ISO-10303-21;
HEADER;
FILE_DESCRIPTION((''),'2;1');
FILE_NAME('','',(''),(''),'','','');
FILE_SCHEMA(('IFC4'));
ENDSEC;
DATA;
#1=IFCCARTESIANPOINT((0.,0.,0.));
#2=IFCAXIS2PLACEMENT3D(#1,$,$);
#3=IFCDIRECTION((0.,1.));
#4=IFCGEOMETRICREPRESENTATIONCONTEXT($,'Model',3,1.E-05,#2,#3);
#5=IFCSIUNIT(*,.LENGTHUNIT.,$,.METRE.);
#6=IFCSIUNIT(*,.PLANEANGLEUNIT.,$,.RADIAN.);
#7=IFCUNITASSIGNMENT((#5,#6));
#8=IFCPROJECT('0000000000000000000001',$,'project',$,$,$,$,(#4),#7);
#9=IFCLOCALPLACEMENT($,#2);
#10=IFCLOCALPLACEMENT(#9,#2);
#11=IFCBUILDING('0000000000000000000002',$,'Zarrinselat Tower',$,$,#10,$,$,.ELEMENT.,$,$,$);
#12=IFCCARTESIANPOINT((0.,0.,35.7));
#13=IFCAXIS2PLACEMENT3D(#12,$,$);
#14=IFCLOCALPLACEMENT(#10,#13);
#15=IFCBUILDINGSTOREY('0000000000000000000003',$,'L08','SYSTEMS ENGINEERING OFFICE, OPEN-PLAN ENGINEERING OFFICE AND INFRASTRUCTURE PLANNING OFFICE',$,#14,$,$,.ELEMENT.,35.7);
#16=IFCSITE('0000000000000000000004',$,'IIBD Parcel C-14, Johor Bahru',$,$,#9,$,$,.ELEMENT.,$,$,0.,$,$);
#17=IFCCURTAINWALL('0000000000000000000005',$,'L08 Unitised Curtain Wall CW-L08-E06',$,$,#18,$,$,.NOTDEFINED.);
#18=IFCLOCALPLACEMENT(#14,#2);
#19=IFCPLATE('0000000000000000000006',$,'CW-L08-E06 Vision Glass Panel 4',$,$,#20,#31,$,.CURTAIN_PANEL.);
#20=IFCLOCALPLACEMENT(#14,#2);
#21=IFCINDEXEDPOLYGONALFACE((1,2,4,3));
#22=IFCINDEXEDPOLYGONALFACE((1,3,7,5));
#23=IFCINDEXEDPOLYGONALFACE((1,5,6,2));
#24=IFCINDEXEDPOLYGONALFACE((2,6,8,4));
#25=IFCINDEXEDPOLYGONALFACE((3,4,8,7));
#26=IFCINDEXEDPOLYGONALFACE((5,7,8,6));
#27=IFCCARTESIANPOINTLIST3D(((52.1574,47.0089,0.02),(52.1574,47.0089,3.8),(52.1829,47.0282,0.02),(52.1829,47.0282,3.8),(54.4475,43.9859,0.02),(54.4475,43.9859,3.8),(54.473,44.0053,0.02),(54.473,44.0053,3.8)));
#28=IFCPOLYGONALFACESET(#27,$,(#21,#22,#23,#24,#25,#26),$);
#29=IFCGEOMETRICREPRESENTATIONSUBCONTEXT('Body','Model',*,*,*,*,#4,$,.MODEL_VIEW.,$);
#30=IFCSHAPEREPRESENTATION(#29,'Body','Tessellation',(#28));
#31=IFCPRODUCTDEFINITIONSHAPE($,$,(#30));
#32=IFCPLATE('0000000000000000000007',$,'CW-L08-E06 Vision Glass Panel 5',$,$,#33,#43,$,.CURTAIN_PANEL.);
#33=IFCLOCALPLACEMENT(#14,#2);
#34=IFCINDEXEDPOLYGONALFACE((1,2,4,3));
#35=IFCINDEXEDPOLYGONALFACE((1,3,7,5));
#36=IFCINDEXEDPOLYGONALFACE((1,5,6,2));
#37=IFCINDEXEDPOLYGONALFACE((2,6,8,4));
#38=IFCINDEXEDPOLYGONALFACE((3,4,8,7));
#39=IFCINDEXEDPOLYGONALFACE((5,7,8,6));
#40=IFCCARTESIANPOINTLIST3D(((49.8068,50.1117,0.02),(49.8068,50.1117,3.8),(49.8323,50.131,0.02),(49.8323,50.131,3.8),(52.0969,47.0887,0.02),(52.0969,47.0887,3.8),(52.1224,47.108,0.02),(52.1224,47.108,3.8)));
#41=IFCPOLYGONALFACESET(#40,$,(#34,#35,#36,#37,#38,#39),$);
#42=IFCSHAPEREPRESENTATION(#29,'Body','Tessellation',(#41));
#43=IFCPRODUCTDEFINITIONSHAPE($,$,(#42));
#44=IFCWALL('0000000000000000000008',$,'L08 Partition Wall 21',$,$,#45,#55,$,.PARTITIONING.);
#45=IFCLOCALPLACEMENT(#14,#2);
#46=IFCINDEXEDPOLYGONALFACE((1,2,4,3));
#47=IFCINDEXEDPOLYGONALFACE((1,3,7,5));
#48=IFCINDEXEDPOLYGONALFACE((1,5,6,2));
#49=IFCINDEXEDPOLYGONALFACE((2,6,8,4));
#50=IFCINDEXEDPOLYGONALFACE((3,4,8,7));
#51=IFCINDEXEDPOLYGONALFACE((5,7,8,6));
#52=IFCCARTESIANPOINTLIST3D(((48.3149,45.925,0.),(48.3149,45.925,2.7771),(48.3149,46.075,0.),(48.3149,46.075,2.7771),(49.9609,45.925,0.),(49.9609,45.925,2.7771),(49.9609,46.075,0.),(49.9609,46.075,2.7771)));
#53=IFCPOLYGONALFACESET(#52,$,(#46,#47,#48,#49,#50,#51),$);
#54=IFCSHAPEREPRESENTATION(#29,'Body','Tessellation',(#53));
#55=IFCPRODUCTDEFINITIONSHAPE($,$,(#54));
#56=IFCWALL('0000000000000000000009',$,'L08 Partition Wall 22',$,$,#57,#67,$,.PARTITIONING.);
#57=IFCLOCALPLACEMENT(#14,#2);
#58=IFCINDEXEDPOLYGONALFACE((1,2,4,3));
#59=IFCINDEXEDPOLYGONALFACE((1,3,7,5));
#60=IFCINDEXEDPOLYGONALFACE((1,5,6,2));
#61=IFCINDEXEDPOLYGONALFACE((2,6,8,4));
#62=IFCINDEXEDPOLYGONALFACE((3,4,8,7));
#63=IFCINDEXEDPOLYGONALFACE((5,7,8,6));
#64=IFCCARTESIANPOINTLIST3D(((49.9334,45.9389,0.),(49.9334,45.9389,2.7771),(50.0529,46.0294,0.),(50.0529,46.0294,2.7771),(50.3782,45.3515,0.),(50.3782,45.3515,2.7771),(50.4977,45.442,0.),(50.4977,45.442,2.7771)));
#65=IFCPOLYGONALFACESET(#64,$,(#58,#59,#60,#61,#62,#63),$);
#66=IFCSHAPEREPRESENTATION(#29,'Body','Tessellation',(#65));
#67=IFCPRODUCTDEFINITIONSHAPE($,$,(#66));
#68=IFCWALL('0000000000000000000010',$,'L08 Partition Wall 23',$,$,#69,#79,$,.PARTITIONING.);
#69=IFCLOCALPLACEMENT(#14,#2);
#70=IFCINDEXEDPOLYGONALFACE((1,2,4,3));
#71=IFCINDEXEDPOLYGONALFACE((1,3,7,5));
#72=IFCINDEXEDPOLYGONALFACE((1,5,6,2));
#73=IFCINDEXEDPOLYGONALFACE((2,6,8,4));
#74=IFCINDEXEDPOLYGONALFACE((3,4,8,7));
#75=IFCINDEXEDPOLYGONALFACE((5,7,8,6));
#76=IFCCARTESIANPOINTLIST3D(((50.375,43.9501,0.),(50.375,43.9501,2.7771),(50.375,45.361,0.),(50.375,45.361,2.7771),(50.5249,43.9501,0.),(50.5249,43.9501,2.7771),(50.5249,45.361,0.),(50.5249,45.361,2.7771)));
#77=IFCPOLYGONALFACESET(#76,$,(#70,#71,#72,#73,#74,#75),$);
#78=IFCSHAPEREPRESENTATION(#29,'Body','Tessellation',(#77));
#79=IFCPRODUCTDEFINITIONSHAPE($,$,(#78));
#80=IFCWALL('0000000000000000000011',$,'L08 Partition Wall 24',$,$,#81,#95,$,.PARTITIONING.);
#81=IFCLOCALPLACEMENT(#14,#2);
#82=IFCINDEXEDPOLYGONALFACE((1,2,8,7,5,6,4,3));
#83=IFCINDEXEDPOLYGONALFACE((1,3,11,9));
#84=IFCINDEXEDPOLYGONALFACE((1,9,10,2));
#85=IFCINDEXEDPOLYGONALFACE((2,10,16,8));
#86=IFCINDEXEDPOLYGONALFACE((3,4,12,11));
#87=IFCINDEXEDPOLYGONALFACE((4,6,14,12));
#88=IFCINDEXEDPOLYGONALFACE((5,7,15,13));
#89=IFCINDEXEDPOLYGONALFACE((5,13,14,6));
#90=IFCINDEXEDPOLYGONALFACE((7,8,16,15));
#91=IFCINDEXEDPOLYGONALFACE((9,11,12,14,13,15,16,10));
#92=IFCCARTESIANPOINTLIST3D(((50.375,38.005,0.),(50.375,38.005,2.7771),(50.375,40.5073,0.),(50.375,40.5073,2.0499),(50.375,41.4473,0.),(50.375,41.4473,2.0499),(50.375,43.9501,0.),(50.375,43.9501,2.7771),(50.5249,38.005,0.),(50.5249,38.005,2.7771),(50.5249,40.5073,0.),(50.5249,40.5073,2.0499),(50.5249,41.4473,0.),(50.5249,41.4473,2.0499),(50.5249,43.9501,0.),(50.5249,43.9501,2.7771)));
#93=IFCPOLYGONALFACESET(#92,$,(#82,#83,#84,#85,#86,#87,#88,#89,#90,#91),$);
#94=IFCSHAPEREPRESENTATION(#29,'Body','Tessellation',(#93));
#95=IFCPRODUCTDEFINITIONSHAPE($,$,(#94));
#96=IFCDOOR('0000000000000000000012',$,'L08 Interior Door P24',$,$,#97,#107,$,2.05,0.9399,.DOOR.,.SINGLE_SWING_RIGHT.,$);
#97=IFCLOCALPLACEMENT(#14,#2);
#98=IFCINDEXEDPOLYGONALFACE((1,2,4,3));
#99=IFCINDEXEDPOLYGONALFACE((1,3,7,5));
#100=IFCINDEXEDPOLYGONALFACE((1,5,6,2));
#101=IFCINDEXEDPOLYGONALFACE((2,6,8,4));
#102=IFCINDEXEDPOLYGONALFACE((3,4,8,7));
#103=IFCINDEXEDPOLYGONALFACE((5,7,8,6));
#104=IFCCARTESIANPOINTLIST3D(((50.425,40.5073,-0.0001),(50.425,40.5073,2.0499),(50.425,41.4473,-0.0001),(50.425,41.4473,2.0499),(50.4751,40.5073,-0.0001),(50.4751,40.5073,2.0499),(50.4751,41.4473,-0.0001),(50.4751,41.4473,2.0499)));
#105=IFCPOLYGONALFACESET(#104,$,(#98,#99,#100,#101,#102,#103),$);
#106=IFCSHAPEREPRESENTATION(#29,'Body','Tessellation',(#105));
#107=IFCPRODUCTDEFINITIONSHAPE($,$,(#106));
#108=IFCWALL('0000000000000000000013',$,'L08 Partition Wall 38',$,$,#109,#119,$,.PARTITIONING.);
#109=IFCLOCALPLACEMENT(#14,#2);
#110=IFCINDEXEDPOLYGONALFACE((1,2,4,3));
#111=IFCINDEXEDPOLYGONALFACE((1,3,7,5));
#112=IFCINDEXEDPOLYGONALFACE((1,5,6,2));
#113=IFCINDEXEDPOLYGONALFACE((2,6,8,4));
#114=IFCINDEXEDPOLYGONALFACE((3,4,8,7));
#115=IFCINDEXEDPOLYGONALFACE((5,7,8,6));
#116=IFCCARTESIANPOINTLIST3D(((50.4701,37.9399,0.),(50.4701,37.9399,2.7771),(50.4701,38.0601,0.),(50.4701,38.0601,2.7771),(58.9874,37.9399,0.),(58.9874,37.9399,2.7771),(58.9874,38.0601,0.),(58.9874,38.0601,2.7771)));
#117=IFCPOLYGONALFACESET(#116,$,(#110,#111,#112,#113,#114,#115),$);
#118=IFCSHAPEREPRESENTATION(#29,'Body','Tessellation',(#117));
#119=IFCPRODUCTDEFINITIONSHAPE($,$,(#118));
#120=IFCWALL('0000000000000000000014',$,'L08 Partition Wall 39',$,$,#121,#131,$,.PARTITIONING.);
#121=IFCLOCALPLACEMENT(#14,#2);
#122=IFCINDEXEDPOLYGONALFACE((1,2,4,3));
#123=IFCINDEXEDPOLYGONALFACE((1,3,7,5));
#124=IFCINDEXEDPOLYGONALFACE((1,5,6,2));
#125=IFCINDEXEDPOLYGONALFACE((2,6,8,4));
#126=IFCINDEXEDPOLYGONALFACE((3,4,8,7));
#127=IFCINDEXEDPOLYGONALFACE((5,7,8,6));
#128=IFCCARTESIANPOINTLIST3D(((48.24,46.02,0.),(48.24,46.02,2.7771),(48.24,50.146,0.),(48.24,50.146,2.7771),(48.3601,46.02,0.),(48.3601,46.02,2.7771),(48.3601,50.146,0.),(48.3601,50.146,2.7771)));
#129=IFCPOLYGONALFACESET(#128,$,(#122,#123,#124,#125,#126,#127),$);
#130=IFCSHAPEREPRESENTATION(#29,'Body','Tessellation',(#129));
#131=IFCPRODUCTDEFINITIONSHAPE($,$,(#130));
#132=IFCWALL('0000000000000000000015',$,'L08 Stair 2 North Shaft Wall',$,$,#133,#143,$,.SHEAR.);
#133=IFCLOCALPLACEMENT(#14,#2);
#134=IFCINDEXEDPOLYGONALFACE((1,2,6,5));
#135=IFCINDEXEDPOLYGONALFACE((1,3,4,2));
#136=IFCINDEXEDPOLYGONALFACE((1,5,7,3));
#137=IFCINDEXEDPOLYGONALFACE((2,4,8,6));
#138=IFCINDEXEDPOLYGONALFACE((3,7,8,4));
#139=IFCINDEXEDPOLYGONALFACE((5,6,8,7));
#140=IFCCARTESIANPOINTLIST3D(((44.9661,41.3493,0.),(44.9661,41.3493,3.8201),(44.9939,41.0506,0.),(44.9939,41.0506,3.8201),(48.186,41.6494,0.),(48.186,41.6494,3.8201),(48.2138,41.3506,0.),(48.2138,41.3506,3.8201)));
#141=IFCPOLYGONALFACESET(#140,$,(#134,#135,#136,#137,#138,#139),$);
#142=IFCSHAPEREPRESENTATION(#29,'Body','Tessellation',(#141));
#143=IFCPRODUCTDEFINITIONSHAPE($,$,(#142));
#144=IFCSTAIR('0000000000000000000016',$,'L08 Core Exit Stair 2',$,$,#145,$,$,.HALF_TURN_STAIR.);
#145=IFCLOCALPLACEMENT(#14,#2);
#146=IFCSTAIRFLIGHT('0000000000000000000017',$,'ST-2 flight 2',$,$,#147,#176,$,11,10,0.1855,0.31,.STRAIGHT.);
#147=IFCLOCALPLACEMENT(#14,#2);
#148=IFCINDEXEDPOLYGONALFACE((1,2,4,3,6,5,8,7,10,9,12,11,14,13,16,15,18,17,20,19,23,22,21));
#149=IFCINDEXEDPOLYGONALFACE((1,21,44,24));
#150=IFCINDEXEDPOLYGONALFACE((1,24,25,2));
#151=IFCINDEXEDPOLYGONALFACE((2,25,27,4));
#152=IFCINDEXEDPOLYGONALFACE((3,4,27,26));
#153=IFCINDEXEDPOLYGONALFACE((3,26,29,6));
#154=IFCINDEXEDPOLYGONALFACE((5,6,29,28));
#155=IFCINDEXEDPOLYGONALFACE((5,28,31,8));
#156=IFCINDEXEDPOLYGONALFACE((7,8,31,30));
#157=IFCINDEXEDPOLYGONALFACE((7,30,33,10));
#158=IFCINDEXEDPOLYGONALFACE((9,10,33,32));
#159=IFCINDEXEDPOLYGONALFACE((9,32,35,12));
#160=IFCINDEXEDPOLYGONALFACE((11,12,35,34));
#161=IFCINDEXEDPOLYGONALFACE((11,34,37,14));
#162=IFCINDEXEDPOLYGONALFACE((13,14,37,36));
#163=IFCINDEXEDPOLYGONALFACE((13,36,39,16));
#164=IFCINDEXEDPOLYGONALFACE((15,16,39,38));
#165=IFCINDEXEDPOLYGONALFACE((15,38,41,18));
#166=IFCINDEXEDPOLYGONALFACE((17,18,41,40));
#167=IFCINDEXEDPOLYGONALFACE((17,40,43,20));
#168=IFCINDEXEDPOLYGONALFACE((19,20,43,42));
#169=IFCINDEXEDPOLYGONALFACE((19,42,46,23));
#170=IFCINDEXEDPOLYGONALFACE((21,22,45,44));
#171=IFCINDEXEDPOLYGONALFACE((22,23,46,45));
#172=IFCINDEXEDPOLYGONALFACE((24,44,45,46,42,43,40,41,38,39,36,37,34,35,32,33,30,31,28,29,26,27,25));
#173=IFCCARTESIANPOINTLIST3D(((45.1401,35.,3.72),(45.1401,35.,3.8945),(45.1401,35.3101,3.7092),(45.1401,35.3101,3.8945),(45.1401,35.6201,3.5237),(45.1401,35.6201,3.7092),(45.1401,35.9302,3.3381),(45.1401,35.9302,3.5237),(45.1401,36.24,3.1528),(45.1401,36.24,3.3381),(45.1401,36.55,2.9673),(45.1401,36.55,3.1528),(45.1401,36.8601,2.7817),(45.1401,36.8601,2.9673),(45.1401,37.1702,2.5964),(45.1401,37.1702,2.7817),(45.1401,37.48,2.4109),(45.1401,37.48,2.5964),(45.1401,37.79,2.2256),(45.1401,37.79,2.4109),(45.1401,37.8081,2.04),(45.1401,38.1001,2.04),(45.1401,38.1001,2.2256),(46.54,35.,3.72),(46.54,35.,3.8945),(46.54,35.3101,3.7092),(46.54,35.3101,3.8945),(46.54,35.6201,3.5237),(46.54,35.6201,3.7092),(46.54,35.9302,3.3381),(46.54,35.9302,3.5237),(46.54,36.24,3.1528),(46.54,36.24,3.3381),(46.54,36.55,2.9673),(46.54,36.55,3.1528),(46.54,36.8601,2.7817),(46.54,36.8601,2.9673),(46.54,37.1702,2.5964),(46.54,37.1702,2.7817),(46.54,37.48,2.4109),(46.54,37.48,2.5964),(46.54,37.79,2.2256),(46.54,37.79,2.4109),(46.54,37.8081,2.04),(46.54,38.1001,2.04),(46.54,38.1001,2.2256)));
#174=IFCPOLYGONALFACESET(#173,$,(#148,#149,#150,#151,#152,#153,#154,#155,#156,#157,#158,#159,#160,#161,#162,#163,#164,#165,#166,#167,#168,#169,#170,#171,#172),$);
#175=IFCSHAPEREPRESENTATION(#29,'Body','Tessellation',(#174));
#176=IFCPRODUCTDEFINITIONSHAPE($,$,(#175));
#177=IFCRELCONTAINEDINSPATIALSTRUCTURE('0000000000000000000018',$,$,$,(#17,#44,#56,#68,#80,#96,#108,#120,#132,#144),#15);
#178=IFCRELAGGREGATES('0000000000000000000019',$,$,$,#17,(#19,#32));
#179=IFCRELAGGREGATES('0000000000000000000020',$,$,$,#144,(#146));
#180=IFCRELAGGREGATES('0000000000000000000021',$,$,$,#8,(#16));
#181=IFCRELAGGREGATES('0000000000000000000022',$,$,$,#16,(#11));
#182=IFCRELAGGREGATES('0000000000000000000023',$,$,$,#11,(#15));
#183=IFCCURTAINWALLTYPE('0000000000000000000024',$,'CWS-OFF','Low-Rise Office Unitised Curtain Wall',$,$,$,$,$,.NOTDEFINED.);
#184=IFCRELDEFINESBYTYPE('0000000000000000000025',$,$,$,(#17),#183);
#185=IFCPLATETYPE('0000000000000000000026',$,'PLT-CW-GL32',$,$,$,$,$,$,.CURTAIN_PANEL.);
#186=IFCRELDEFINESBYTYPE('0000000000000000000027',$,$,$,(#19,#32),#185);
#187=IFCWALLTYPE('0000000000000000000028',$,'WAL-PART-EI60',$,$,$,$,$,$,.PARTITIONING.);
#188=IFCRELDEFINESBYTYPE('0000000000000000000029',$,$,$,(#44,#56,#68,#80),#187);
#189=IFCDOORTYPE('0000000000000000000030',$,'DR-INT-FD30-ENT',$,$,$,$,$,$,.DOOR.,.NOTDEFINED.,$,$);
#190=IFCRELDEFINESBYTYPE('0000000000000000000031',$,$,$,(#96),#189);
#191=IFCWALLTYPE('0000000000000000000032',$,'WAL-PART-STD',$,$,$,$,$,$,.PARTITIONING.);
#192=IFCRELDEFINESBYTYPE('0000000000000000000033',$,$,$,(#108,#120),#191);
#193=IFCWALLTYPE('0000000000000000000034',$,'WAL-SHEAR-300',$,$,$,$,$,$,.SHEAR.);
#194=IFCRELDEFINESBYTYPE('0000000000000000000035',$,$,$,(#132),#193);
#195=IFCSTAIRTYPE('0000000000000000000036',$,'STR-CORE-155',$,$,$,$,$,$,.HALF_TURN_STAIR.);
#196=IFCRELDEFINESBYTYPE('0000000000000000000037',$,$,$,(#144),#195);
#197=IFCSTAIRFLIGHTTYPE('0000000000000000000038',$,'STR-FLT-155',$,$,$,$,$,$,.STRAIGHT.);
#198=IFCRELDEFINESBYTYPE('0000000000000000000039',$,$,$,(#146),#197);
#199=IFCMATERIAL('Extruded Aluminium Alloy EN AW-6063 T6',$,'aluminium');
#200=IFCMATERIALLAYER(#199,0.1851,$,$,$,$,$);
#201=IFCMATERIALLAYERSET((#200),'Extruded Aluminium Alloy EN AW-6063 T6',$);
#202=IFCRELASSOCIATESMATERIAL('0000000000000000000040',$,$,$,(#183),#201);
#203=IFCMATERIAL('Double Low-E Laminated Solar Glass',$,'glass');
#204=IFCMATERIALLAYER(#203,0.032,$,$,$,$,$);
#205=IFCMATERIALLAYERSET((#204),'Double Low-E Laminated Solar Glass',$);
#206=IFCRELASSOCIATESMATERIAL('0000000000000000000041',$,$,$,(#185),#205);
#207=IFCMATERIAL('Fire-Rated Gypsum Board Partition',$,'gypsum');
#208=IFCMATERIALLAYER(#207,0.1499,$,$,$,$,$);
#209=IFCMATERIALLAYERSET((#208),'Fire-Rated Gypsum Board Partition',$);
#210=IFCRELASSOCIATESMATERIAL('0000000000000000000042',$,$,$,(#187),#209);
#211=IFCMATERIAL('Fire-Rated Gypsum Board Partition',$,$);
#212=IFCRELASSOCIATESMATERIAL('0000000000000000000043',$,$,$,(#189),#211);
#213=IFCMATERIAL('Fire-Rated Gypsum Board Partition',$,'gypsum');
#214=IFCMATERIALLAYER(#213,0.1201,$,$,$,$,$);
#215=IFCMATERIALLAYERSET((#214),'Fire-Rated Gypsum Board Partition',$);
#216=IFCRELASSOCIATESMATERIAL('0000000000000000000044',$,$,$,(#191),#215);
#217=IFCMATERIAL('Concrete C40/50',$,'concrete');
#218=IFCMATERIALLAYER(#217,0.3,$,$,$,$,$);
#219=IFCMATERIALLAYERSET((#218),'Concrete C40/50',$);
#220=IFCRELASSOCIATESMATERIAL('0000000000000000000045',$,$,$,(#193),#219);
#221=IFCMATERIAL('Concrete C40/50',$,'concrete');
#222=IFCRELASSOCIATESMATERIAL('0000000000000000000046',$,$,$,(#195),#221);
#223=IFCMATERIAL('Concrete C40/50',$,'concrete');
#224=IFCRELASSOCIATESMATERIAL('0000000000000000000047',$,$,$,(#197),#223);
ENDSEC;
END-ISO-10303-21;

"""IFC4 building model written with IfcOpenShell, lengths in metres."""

from ifc_helpers import new_model, si_unit, direction, frame, frame_2d, origin, origin_2d, place, context, subcontext, project, spatial, polyline, rectangle, outline, extrude, material, layer, layer_set, type_object, element, fill, aggregate, save


model = new_model("IFC4")

# Units and contexts
model_context = context("Model", 3, precision=1e-05, world=origin(), true_north=direction((0.0, 1.0)))
body_context = subcontext(model_context, "Body", "Model", "MODEL_VIEW")
ifc_project = project(units=[si_unit("LENGTHUNIT", "METRE"), si_unit("PLANEANGLEUNIT", "RADIAN")], contexts=[model_context])

# Site, building, storey
site_placement = place(None, origin())
site = spatial("IfcSite", under=ifc_project, at=site_placement, Name="IIBD Parcel C-14, Johor Bahru", CompositionType="ELEMENT", RefElevation=0.0)
building_placement = place(site_placement, origin())
building = spatial("IfcBuilding", under=site, at=building_placement, Name="Zarrinselat Tower", CompositionType="ELEMENT")
storey_placement = place(building_placement, frame((0.0, 0.0, 35.7)))
storey = spatial("IfcBuildingStorey", under=building, at=storey_placement, Name="L08", Description="SYSTEMS ENGINEERING OFFICE, OPEN-PLAN ENGINEERING OFFICE AND INFRASTRUCTURE PLANNING OFFICE", CompositionType="ELEMENT", Elevation=35.7)

# Curtain wall
ifc_material_1 = material(Name="Extruded Aluminium Alloy EN AW-6063 T6", Category="aluminium")
ifc_layer_1 = layer(ifc_material_1, 0.1851)
ifc_layer_set_1 = layer_set([ifc_layer_1], Name="Extruded Aluminium Alloy EN AW-6063 T6")
curtain_wall_type = type_object("IfcCurtainWallType", Name="CWS-OFF", Description="Low-Rise Office Unitised Curtain Wall", PredefinedType="NOTDEFINED", material=ifc_layer_set_1)
curtain_wall_1_placement = place(storey_placement, origin())
curtain_wall_1 = element("IfcCurtainWall", 1, at=curtain_wall_1_placement, inside=storey, type_object=curtain_wall_type, Name="L08 Unitised Curtain Wall CW-L08-E06", PredefinedType="NOTDEFINED")

# Plates
ifc_material_2 = material(Name="Double Low-E Laminated Solar Glass", Category="glass")
ifc_layer_2 = layer(ifc_material_2, 0.032)
ifc_layer_set_2 = layer_set([ifc_layer_2], Name="Double Low-E Laminated Solar Glass")
plate_type = type_object("IfcPlateType", Name="PLT-CW-GL32", PredefinedType="CURTAIN_PANEL", material=ifc_layer_set_2)
plate_1_placement = place(storey_placement, frame((53.3152, 45.5071, 0.02), z_axis=(0.0, 0.0, 1.0), x_axis=(-0.603859, 0.797091, 0.0)))
plate_1 = element("IfcPlate", 2, at=plate_1_placement, type_object=plate_type, Name="CW-L08-E06 Vision Glass Panel 4", PredefinedType="CURTAIN_PANEL", context=body_context, shape_type="SweptSolid", body=[
    extrude(rectangle(XDim=3.7925, YDim=0.032, at=origin_2d()), origin(), (0.0, 0.0, 1.0), 3.78),
])
plate_2_placement = place(storey_placement, frame((50.9646, 48.6099, 0.02), z_axis=(0.0, 0.0, 1.0), x_axis=(-0.603859, 0.797091, 0.0)))
plate_2 = element("IfcPlate", 3, at=plate_2_placement, type_object=plate_type, Name="CW-L08-E06 Vision Glass Panel 5", PredefinedType="CURTAIN_PANEL", context=body_context, shape_type="SweptSolid", body=[
    extrude(rectangle(XDim=3.7925, YDim=0.032, at=origin_2d()), origin(), (0.0, 0.0, 1.0), 3.78),
])
aggregate(curtain_wall_1, [plate_1, plate_2])

# Walls
ifc_material_3 = material(Name="Fire-Rated Gypsum Board Partition", Category="gypsum")
ifc_layer_3 = layer(ifc_material_3, 0.1499)
ifc_layer_set_3 = layer_set([ifc_layer_3], Name="Fire-Rated Gypsum Board Partition")
wall_type_1 = type_object("IfcWallType", Name="WAL-PART-EI60", PredefinedType="PARTITIONING", material=ifc_layer_set_3)
wall_1_placement = place(storey_placement, frame((48.3149, 46.0, 0.0), z_axis=(0.0, 0.0, 1.0), x_axis=(1.0, 0.0, 0.0)))
element("IfcWall", 4, at=wall_1_placement, inside=storey, type_object=wall_type_1, Name="L08 Partition Wall 21", PredefinedType="PARTITIONING", context=body_context, shape_type="SweptSolid", body=[
    extrude(rectangle(XDim=1.646, YDim=0.1499, at=frame_2d((0.823, 0.0))), origin(), (0.0, 0.0, 1.0), 2.7771),
])
wall_2_placement = place(storey_placement, frame((49.9932, 45.9841, 0.0), z_axis=(0.0, 0.0, 1.0), x_axis=(0.603705, -0.797208, 0.0)))
element("IfcWall", 5, at=wall_2_placement, inside=storey, type_object=wall_type_1, Name="L08 Partition Wall 22", PredefinedType="PARTITIONING", context=body_context, shape_type="SweptSolid", body=[
    extrude(rectangle(XDim=0.7368, YDim=0.1499, at=frame_2d((0.3684, 0.0))), origin(), (0.0, 0.0, 1.0), 2.7771),
])
wall_3_placement = place(storey_placement, frame((50.45, 43.95, 0.0), z_axis=(0.0, 0.0, 1.0), x_axis=(0.0, 1.0, 0.0)))
element("IfcWall", 6, at=wall_3_placement, inside=storey, type_object=wall_type_1, Name="L08 Partition Wall 23", PredefinedType="PARTITIONING", context=body_context, shape_type="SweptSolid", body=[
    extrude(rectangle(XDim=1.4109, YDim=0.1499, at=frame_2d((0.7056, 0.0))), origin(), (0.0, 0.0, 1.0), 2.7771),
])

# Wall, opening, door
wall_4_placement = place(storey_placement, frame((50.45, 38.0049, 0.0), z_axis=(0.0, 0.0, 1.0), x_axis=(0.0, 1.0, 0.0)))
wall_4 = element("IfcWall", 7, at=wall_4_placement, inside=storey, type_object=wall_type_1, Name="L08 Partition Wall 24", PredefinedType="PARTITIONING", context=body_context, shape_type="SweptSolid", body=[
    extrude(rectangle(XDim=5.9451, YDim=0.1499, at=frame_2d((2.9727, 0.0))), origin(), (0.0, 0.0, 1.0), 2.7771),
])
opening_placement = place(wall_4_placement, frame((2.5024, 0.0, 0.0)))
opening = element("IfcOpeningElement", 8, at=opening_placement, cuts=wall_4, PredefinedType="OPENING", context=body_context, shape_type="SweptSolid", body=[
    extrude(rectangle(XDim=0.9399, YDim=2.05, at=frame_2d((0.47, 1.0249))), frame((0.0, 0.085, 0.0), z_axis=(0.0, -1.0, 0.0), x_axis=(1.0, 0.0, 0.0)), (0.0, 0.0, 1.0), 0.1699),
])
ifc_material_4 = material(Name="Fire-Rated Gypsum Board Partition")
door_type = type_object("IfcDoorType", Name="DR-INT-FD30-ENT", OperationType="NOTDEFINED", PredefinedType="DOOR", material=ifc_material_4)
door_placement = place(opening_placement, origin())
door = element("IfcDoor", 9, at=door_placement, inside=storey, type_object=door_type, Name="L08 Interior Door P24", OperationType="SINGLE_SWING_RIGHT", OverallHeight=2.05, OverallWidth=0.9399, PredefinedType="DOOR", context=body_context, shape_type="SweptSolid", body=[
    extrude(rectangle(XDim=0.9399, YDim=2.05, at=frame_2d((0.47, 1.0249))), frame((0.0, 0.0249, 0.0), z_axis=(0.0, -1.0, 0.0), x_axis=(1.0, 0.0, 0.0)), (0.0, 0.0, 1.0), 0.05),
])
fill(opening, door)

# Walls
ifc_material_5 = material(Name="Fire-Rated Gypsum Board Partition", Category="gypsum")
ifc_layer_4 = layer(ifc_material_5, 0.1201)
ifc_layer_set_4 = layer_set([ifc_layer_4], Name="Fire-Rated Gypsum Board Partition")
wall_type_2 = type_object("IfcWallType", Name="WAL-PART-STD", PredefinedType="PARTITIONING", material=ifc_layer_set_4)
wall_5_placement = place(storey_placement, frame((50.47, 38.0, 0.0), z_axis=(0.0, 0.0, 1.0), x_axis=(1.0, 0.0, 0.0)))
element("IfcWall", 10, at=wall_5_placement, inside=storey, type_object=wall_type_2, Name="L08 Partition Wall 38", PredefinedType="PARTITIONING", context=body_context, shape_type="SweptSolid", body=[
    extrude(rectangle(XDim=8.5173, YDim=0.1201, at=frame_2d((4.2588, 0.0))), origin(), (0.0, 0.0, 1.0), 2.7771),
])
wall_6_placement = place(storey_placement, frame((48.3, 46.02, 0.0), z_axis=(0.0, 0.0, 1.0), x_axis=(0.0, 1.0, 0.0)))
element("IfcWall", 11, at=wall_6_placement, inside=storey, type_object=wall_type_2, Name="L08 Partition Wall 39", PredefinedType="PARTITIONING", context=body_context, shape_type="SweptSolid", body=[
    extrude(rectangle(XDim=4.126, YDim=0.1201, at=frame_2d((2.063, 0.0))), origin(), (0.0, 0.0, 1.0), 2.7771),
])
ifc_material_6 = material(Name="Concrete C40/50", Category="concrete")
ifc_layer_5 = layer(ifc_material_6, 0.3)
ifc_layer_set_5 = layer_set([ifc_layer_5], Name="Concrete C40/50")
wall_type_3 = type_object("IfcWallType", Name="WAL-SHEAR-300", PredefinedType="SHEAR", material=ifc_layer_set_5)
wall_7_placement = place(storey_placement, frame((44.98, 41.2, 0.0), z_axis=(0.0, 0.0, 1.0), x_axis=(0.995686, 0.092782, 0.0)))
element("IfcWall", 12, at=wall_7_placement, inside=storey, type_object=wall_type_3, Name="L08 Stair 2 North Shaft Wall", PredefinedType="SHEAR", context=body_context, shape_type="SweptSolid", body=[
    extrude(rectangle(XDim=3.2339, YDim=0.3, at=frame_2d((1.6169, 0.0))), origin(), (0.0, 0.0, 1.0), 3.8201),
])

# Stair, stair flight
ifc_material_7 = material(Name="Concrete C40/50", Category="concrete")
stair_type = type_object("IfcStairType", Name="STR-CORE-155", PredefinedType="HALF_TURN_STAIR", material=ifc_material_7)
stair_placement = place(storey_placement, origin())
stair = element("IfcStair", 13, at=stair_placement, inside=storey, type_object=stair_type, Name="L08 Core Exit Stair 2", PredefinedType="HALF_TURN_STAIR")
ifc_material_8 = material(Name="Concrete C40/50", Category="concrete")
stair_flight_type = type_object("IfcStairFlightType", Name="STR-FLT-155", PredefinedType="STRAIGHT", material=ifc_material_8)
stair_flight_placement = place(storey_placement, frame((45.8401, 38.1001, 2.04), z_axis=(0.0, 0.0, 1.0), x_axis=(0.0, -1.0, 0.0)))
stair_flight = element("IfcStairFlight", 14, at=stair_flight_placement, type_object=stair_flight_type, Name="ST-2 flight 2", NumberOfRisers=11, NumberOfTreads=10, PredefinedType="STRAIGHT", RiserHeight=0.1855, TreadLength=0.31, context=body_context, shape_type="SweptSolid", body=[
    extrude(outline(polyline([(0.0, 0.0), (0.0, 0.1855), (0.3101, 0.1855), (0.3101, 0.3708), (0.6201, 0.3708), (0.6201, 0.5564), (0.9299, 0.5564), (0.9299, 0.7417), (1.24, 0.7417), (1.24, 0.9272), (1.55, 0.9272), (1.55, 1.1128), (1.8601, 1.1128), (1.8601, 1.2981), (2.1699, 1.2981), (2.1699, 1.4836), (2.48, 1.4836), (2.48, 1.6692), (2.79, 1.6692), (2.79, 1.8545), (3.1001, 1.8545), (3.1001, 2.04), (3.1001, 1.6799), (0.292, 0.0), (0.0, 0.0)])), frame((0.0, 0.7, 0.0), z_axis=(0.0, -1.0, 0.0), x_axis=(1.0, 0.0, 0.0)), (0.0, 0.0, 1.0), 1.3999),
])
aggregate(stair, [stair_flight])

save(model, "model.ifc")
